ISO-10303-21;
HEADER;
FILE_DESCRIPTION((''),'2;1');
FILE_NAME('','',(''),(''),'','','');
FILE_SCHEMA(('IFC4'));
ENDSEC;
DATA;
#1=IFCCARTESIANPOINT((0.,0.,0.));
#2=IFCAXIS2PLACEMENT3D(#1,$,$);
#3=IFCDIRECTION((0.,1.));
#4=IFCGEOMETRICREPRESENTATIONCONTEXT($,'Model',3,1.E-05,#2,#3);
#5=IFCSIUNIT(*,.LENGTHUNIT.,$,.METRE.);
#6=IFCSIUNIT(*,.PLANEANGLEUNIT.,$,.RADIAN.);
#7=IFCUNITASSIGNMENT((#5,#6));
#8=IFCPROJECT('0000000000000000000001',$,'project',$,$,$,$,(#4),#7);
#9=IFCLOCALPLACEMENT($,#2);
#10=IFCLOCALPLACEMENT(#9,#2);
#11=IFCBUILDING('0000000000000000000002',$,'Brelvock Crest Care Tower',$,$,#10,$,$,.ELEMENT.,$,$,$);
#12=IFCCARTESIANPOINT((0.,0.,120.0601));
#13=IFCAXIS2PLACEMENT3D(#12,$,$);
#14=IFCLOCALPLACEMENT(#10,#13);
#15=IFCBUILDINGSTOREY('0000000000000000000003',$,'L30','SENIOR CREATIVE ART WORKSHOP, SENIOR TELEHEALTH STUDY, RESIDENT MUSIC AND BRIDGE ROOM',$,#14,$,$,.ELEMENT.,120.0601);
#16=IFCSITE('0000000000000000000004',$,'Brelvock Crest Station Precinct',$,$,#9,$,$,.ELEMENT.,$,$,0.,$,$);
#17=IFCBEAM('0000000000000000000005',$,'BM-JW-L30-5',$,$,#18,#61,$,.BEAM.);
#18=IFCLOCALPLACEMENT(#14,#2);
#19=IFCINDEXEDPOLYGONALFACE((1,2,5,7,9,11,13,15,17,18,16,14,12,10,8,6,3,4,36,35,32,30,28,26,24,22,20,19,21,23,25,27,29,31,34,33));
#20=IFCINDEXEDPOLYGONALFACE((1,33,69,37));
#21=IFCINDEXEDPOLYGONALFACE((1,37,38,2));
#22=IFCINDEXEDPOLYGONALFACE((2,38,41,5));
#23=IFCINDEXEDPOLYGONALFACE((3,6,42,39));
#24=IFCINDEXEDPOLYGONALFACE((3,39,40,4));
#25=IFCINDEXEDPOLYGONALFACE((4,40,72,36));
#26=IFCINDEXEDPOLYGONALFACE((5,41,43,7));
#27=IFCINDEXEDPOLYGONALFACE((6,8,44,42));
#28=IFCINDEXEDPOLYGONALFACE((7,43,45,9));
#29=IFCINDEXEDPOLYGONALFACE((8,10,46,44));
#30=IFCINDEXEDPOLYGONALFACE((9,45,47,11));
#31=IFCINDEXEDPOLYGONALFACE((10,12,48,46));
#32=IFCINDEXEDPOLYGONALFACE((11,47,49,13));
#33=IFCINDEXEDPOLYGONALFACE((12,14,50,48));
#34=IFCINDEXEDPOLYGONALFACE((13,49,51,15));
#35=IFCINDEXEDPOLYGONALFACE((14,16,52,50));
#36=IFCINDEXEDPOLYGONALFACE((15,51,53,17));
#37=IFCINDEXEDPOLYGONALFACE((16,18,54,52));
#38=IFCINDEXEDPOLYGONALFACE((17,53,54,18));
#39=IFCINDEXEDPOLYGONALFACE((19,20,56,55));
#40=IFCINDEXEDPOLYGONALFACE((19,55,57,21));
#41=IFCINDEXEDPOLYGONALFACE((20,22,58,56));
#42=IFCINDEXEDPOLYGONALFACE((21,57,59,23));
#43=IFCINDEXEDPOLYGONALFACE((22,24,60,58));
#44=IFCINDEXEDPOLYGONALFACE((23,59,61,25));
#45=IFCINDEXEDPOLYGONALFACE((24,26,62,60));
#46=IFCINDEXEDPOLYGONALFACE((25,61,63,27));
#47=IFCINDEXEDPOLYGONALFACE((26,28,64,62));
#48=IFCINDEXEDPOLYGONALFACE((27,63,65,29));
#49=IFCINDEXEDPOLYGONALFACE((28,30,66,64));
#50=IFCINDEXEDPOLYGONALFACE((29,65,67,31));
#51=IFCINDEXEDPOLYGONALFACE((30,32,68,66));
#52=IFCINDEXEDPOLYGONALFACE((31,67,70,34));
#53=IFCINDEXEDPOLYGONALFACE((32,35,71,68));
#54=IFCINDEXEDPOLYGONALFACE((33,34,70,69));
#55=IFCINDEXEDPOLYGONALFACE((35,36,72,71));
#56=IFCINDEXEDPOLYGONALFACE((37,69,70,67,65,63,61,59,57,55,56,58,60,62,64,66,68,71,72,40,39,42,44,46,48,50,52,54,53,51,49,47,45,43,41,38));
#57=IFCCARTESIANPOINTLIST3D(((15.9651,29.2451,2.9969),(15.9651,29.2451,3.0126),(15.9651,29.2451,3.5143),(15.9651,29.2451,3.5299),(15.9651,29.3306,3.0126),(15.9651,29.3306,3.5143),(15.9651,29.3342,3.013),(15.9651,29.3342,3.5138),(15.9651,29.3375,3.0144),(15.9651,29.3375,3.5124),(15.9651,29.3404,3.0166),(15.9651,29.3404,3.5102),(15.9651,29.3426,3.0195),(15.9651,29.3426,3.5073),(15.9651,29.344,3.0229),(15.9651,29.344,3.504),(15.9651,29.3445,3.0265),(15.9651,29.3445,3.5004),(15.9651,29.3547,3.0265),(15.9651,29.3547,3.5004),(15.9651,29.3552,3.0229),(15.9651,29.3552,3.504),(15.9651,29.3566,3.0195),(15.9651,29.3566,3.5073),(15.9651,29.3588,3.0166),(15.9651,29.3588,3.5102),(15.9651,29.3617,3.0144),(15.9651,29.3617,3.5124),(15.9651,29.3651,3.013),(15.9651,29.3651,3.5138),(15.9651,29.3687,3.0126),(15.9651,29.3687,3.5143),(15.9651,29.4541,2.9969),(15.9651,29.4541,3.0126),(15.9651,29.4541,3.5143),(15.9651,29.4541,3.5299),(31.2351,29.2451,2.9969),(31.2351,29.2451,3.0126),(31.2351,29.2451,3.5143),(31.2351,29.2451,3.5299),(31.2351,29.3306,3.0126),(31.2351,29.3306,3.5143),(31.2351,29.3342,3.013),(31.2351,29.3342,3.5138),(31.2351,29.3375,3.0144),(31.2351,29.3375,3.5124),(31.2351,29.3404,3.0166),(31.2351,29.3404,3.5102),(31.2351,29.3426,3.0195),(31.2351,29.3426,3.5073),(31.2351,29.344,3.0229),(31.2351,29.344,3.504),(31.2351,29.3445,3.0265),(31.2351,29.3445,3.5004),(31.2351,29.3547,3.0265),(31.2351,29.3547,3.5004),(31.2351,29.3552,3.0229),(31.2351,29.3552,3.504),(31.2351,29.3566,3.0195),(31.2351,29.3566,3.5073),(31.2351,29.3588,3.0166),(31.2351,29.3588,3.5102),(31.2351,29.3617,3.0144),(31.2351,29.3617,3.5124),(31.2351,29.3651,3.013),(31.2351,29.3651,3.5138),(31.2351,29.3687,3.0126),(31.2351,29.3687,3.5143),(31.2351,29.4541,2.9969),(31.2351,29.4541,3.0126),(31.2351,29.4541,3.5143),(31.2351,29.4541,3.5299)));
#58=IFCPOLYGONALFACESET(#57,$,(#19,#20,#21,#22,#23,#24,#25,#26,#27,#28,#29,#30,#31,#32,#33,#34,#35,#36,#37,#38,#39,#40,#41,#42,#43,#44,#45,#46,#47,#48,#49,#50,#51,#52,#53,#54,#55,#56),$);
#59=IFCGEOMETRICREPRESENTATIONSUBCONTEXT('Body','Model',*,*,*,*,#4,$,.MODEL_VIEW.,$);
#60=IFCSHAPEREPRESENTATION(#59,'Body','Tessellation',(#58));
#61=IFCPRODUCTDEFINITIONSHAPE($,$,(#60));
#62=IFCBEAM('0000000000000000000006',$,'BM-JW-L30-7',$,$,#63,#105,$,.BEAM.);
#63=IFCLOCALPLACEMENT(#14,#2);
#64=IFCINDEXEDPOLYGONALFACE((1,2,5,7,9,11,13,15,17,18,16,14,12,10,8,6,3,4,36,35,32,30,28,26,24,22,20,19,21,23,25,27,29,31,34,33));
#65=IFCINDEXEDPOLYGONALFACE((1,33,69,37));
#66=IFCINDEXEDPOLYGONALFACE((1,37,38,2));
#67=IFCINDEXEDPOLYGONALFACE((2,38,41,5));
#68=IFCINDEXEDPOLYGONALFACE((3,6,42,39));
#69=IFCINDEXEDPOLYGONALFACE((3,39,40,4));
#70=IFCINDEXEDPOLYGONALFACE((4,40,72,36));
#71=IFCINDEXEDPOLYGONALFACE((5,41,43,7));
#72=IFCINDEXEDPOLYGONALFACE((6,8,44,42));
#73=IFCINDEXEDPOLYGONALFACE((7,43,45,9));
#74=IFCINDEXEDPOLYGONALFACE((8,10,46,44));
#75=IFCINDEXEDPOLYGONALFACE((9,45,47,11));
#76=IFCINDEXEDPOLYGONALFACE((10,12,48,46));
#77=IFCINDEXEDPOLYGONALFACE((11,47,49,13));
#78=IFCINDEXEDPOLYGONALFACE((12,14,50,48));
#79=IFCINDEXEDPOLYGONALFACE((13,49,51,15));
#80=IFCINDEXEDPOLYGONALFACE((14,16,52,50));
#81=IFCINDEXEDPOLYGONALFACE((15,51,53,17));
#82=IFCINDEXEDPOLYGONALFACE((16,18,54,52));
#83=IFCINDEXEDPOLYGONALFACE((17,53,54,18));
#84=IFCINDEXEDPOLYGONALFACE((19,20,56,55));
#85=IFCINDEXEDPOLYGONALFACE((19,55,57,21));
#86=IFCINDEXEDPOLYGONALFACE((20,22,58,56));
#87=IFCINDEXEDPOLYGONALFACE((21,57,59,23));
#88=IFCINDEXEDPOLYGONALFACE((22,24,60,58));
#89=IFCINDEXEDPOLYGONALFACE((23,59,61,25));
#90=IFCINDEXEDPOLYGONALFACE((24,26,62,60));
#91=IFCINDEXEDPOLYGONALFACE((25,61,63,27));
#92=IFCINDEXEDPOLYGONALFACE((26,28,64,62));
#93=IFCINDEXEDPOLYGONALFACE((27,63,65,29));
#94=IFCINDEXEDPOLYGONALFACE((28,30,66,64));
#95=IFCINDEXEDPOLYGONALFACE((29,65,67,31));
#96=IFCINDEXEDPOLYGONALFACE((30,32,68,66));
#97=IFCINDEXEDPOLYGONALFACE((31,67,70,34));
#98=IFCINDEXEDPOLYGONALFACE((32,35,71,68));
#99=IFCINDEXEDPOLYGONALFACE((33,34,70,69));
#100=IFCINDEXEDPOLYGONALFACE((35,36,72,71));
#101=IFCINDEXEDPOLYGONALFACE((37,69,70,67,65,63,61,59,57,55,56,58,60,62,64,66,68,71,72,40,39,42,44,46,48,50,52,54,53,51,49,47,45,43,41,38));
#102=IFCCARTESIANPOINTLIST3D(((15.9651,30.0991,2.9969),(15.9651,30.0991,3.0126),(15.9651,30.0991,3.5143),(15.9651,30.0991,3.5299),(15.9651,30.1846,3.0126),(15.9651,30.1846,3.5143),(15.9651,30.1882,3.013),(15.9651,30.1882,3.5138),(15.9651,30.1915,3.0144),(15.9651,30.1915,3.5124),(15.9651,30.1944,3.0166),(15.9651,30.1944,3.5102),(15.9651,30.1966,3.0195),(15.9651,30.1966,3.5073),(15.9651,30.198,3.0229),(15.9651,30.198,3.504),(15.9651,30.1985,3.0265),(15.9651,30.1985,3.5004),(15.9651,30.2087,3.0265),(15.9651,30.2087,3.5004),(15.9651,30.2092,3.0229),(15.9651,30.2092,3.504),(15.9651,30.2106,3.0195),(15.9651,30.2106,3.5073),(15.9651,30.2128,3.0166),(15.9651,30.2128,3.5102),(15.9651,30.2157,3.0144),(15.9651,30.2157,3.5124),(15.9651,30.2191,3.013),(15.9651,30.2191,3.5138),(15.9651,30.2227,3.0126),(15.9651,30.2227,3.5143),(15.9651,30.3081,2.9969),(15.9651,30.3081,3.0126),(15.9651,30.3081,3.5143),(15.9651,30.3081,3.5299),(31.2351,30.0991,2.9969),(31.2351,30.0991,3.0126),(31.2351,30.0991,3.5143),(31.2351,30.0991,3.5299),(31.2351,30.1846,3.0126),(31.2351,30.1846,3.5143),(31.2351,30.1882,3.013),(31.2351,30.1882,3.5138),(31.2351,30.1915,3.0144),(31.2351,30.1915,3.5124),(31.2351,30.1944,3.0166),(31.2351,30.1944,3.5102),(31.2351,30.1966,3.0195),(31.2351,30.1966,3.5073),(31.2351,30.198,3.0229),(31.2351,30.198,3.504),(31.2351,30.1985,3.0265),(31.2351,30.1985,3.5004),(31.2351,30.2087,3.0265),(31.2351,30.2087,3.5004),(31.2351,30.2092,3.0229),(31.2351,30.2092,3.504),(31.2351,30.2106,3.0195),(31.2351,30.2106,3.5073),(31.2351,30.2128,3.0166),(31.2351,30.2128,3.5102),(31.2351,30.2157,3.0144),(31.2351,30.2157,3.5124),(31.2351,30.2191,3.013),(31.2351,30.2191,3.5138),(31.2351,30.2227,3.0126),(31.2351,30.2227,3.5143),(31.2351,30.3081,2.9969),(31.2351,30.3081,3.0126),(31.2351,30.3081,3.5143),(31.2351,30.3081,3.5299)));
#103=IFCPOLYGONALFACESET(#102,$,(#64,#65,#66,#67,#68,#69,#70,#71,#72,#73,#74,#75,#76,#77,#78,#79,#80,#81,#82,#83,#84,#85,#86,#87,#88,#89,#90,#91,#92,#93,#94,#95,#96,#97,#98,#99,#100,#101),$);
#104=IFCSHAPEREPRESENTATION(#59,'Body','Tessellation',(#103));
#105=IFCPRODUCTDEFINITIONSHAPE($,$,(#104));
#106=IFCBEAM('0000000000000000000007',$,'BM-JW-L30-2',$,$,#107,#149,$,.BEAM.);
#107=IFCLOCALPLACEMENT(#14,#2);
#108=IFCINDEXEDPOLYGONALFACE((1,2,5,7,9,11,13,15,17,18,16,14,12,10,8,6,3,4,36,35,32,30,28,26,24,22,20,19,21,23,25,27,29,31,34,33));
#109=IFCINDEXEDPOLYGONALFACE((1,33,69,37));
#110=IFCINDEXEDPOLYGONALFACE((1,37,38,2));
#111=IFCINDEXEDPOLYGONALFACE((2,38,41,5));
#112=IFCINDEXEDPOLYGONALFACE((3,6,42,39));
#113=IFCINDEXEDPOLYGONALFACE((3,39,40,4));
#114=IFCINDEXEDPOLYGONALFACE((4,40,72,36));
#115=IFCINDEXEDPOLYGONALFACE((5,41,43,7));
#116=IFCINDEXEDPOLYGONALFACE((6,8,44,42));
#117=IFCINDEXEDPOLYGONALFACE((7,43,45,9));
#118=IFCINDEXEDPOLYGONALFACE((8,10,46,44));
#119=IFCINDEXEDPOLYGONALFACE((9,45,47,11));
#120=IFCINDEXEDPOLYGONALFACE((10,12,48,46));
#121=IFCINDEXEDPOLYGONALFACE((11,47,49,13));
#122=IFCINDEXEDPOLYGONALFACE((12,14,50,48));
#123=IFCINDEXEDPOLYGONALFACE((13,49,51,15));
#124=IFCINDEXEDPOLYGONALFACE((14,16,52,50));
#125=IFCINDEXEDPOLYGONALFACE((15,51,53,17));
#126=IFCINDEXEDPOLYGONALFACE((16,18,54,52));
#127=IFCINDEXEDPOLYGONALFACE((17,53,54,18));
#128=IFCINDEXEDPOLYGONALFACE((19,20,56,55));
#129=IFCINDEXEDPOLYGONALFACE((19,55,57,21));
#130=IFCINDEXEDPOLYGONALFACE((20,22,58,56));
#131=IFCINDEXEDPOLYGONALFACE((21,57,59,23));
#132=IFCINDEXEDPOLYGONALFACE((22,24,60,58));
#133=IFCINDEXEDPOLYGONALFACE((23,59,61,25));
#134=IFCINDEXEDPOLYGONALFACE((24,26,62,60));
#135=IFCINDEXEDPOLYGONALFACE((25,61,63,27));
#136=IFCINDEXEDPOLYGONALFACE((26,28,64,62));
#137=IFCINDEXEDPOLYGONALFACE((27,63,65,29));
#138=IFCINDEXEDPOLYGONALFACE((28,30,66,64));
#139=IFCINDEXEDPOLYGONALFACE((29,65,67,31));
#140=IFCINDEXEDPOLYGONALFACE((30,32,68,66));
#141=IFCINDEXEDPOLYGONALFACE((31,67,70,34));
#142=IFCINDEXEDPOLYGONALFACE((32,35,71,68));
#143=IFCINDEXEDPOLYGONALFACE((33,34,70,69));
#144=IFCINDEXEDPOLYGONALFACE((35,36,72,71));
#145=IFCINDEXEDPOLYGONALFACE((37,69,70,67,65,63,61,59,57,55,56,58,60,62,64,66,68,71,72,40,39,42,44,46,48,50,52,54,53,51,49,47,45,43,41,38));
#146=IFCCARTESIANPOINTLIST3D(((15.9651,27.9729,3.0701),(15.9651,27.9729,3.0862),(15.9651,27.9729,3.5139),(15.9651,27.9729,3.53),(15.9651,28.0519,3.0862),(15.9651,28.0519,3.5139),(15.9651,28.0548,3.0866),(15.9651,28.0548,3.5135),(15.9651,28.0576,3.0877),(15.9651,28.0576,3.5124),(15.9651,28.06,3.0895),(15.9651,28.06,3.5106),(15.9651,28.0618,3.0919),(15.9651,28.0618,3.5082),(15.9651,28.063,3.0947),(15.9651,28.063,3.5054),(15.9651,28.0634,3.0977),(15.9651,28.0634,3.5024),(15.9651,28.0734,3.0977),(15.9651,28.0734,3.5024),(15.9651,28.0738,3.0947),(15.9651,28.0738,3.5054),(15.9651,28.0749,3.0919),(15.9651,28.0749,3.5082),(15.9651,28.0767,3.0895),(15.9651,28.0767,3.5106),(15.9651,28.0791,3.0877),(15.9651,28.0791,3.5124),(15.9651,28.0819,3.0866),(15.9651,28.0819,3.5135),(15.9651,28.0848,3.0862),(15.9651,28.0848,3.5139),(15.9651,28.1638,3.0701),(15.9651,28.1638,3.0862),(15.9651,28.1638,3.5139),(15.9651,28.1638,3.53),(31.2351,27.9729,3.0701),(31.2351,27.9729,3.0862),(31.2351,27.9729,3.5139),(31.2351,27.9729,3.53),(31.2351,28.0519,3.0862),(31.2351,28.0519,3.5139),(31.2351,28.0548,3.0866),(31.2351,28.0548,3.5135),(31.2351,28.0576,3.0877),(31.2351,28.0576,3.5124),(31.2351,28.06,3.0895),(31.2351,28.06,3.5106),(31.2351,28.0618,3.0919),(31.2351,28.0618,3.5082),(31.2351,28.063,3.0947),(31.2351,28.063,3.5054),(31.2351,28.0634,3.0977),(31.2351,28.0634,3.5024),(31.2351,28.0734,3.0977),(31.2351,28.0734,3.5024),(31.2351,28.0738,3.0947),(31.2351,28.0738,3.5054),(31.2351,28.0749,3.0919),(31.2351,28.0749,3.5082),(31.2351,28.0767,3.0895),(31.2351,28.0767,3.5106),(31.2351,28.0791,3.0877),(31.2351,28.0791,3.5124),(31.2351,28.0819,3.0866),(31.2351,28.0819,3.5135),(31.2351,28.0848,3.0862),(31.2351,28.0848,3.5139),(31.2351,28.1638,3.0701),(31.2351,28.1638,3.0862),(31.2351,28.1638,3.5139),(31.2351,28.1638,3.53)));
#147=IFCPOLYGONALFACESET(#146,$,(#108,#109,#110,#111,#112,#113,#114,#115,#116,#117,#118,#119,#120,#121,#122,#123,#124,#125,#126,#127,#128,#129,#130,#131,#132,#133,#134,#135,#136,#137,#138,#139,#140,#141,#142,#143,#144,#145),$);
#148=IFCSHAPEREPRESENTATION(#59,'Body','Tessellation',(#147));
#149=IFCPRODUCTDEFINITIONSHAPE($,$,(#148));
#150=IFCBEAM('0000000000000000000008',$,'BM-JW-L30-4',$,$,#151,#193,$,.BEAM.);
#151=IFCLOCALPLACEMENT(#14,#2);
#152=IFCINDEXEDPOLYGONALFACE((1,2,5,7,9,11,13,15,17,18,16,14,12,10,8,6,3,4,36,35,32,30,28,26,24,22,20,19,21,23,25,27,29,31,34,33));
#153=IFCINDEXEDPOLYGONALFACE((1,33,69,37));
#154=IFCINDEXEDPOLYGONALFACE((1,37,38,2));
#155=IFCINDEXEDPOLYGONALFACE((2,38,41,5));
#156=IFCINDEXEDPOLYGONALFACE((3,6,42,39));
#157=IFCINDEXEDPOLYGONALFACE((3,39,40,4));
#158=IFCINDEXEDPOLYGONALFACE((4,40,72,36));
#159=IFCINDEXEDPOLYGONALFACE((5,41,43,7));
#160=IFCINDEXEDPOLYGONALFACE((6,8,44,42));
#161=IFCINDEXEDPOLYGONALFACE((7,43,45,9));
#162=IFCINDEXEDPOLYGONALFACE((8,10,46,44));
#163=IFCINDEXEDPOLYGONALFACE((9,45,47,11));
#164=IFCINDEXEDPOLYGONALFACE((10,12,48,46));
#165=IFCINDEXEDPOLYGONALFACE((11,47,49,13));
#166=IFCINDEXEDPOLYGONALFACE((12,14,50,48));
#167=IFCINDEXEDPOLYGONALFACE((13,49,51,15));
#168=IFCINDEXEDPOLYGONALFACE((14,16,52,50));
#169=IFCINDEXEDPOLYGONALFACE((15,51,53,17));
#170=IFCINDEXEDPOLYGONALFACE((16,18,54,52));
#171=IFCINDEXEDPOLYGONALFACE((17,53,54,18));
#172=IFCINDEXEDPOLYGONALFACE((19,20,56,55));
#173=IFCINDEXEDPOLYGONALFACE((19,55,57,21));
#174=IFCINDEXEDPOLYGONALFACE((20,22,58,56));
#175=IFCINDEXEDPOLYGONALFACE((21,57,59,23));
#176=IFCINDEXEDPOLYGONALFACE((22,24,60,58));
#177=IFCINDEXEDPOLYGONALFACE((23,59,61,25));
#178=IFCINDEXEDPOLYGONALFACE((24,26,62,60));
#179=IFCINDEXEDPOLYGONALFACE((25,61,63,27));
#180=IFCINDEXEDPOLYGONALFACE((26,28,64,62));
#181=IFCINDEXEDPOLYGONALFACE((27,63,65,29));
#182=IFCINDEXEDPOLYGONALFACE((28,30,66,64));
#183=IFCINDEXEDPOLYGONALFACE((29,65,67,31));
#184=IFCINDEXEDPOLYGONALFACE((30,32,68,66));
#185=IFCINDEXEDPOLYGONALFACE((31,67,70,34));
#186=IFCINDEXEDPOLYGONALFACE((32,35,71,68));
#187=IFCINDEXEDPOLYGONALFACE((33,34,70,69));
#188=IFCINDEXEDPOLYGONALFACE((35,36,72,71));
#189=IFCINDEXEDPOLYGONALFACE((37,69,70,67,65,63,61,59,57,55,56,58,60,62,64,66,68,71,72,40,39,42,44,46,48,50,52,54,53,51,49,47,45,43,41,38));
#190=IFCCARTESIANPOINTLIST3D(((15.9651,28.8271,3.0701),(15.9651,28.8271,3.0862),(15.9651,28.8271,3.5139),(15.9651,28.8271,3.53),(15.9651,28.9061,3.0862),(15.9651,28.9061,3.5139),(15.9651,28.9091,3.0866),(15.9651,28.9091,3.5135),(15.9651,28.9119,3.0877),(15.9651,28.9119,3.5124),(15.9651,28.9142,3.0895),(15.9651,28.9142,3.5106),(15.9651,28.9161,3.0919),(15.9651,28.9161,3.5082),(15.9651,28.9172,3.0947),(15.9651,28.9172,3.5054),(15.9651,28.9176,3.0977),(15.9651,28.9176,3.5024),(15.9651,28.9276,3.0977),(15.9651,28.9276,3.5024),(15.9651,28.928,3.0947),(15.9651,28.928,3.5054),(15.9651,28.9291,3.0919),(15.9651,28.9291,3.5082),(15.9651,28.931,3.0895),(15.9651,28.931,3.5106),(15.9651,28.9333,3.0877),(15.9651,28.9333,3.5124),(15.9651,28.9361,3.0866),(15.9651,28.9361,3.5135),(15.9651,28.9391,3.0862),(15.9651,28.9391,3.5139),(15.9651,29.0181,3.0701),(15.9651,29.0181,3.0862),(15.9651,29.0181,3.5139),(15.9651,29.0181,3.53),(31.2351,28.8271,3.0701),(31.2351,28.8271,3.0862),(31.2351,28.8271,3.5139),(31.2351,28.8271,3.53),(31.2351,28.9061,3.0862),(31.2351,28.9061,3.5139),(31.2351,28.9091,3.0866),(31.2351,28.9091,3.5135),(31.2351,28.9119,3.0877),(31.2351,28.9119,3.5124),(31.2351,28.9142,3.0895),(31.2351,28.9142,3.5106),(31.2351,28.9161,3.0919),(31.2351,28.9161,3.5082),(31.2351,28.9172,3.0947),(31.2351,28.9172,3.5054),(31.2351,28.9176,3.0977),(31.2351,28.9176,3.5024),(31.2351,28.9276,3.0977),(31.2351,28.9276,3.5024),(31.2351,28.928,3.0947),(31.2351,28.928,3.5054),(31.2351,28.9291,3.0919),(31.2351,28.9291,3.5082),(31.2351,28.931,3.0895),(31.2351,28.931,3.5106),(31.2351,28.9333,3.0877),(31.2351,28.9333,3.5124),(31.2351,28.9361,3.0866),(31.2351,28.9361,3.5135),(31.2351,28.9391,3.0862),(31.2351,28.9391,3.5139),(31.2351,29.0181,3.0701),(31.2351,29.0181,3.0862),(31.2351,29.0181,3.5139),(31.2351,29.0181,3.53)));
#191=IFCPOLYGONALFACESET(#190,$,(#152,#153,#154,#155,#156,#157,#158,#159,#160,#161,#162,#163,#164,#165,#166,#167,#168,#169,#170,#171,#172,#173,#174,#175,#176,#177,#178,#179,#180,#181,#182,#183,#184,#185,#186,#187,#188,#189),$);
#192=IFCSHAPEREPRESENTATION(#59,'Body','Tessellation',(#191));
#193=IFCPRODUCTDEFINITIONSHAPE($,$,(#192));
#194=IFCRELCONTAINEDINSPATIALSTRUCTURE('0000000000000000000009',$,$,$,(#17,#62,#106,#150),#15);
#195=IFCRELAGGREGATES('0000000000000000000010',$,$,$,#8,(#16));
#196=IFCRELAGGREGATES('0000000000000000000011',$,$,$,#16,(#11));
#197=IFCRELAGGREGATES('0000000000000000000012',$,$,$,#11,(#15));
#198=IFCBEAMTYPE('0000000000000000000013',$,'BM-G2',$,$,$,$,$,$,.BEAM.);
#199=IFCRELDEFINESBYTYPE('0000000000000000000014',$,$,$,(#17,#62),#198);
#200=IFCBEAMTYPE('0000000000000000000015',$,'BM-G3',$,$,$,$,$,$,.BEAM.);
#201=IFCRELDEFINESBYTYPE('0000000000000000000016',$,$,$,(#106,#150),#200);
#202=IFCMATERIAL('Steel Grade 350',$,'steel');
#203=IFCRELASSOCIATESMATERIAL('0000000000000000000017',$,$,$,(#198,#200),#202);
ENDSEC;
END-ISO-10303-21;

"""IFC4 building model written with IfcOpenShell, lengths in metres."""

from ifc_helpers import new_model, si_unit, direction, frame, origin, origin_2d, place, context, subcontext, project, spatial, i_section, extrude, source, transform, mapped, material, material_profile, profile_set, type_object, element, save


model = new_model("IFC4")

# Units and contexts
model_context = context("Model", 3, precision=1e-05, world=origin(), true_north=direction((0.0, 1.0)))
body_context = subcontext(model_context, "Body", "Model", "MODEL_VIEW")
ifc_project = project(units=[si_unit("LENGTHUNIT", "METRE"), si_unit("PLANEANGLEUNIT", "RADIAN")], contexts=[model_context])

# Site, building, storey
site_placement = place(None, origin())
site = spatial("IfcSite", under=ifc_project, at=site_placement, Name="Brelvock Crest Station Precinct", CompositionType="ELEMENT", RefElevation=0.0)
building_placement = place(site_placement, origin())
building = spatial("IfcBuilding", under=site, at=building_placement, Name="Brelvock Crest Care Tower", CompositionType="ELEMENT")
storey_placement = place(building_placement, frame((0.0, 0.0, 120.0601)))
storey = spatial("IfcBuildingStorey", under=building, at=storey_placement, Name="L30", Description="SENIOR CREATIVE ART WORKSHOP, SENIOR TELEHEALTH STUDY, RESIDENT MUSIC AND BRIDGE ROOM", CompositionType="ELEMENT", Elevation=120.0601)

# Shared definitions
ifc_material_1 = material(Name="Steel Grade 350", Category="steel")

# Beams
ifc_material_profile_1 = material_profile(ifc_material_1, i_section(OverallWidth=0.209, OverallDepth=0.533, WebThickness=0.0103, FlangeThickness=0.0156, FilletRadius=0.0139, at=origin_2d()), Name="530UB92.4")
ifc_profile_set_1 = profile_set([ifc_material_profile_1], Name="Steel Grade 350")
beam_type_1 = type_object("IfcBeamType", Name="BM-G2", PredefinedType="BEAM", material=ifc_profile_set_1)
shared_shape_1 = source(origin(), body_context, "Body", "SweptSolid", [
    extrude(i_section(OverallWidth=0.209, OverallDepth=0.533, WebThickness=0.0103, FlangeThickness=0.0156, FilletRadius=0.0139, at=origin_2d()), origin(), (0.0, 0.0, 1.0), 15.27),
])
for number, where, z_axis, x_axis, name in (
    (1, (15.9651, 29.3496, 3.2634), (1.0, 0.0, 0.0), (0.0, 1.0, 0.0), "BM-JW-L30-5"),
    (2, (15.9651, 30.2036, 3.2634), (1.0, 0.0, 0.0), (0.0, 1.0, 0.0), "BM-JW-L30-7"),
):
    element("IfcBeam", number, at=place(storey_placement, frame(where, z_axis=z_axis, x_axis=x_axis)), inside=storey, type_object=beam_type_1, Name=name, PredefinedType="BEAM", context=body_context, shape_type="MappedRepresentation", body=[
        mapped(shared_shape_1, transform((0.0, 0.0, 0.0), x_axis=(1.0, 0.0, 0.0), y_axis=(0.0, 1.0, 0.0), z_axis=(0.0, 0.0, 1.0), scale=1.0)),
    ])
ifc_material_profile_2 = material_profile(ifc_material_1, i_section(OverallWidth=0.1909, OverallDepth=0.46, WebThickness=0.01, FlangeThickness=0.0161, FilletRadius=0.0115, at=origin_2d()), Name="460UB82.1")
ifc_profile_set_2 = profile_set([ifc_material_profile_2], Name="Steel Grade 350")
beam_type_2 = type_object("IfcBeamType", Name="BM-G3", PredefinedType="BEAM", material=ifc_profile_set_2)
shared_shape_2 = source(origin(), body_context, "Body", "SweptSolid", [
    extrude(i_section(OverallWidth=0.1909, OverallDepth=0.46, WebThickness=0.01, FlangeThickness=0.0161, FilletRadius=0.0115, at=origin_2d()), origin(), (0.0, 0.0, 1.0), 15.27),
])
for number, where, z_axis, x_axis, name in (
    (3, (15.9651, 28.0684, 3.3), (1.0, 0.0, 0.0), (0.0, 1.0, 0.0), "BM-JW-L30-2"),
    (4, (15.9651, 28.9226, 3.3), (1.0, 0.0, 0.0), (0.0, 1.0, 0.0), "BM-JW-L30-4"),
):
    element("IfcBeam", number, at=place(storey_placement, frame(where, z_axis=z_axis, x_axis=x_axis)), inside=storey, type_object=beam_type_2, Name=name, PredefinedType="BEAM", context=body_context, shape_type="MappedRepresentation", body=[
        mapped(shared_shape_2, transform((0.0, 0.0, 0.0), x_axis=(1.0, 0.0, 0.0), y_axis=(0.0, 1.0, 0.0), z_axis=(0.0, 0.0, 1.0), scale=1.0)),
    ])

save(model, "model.ifc")
